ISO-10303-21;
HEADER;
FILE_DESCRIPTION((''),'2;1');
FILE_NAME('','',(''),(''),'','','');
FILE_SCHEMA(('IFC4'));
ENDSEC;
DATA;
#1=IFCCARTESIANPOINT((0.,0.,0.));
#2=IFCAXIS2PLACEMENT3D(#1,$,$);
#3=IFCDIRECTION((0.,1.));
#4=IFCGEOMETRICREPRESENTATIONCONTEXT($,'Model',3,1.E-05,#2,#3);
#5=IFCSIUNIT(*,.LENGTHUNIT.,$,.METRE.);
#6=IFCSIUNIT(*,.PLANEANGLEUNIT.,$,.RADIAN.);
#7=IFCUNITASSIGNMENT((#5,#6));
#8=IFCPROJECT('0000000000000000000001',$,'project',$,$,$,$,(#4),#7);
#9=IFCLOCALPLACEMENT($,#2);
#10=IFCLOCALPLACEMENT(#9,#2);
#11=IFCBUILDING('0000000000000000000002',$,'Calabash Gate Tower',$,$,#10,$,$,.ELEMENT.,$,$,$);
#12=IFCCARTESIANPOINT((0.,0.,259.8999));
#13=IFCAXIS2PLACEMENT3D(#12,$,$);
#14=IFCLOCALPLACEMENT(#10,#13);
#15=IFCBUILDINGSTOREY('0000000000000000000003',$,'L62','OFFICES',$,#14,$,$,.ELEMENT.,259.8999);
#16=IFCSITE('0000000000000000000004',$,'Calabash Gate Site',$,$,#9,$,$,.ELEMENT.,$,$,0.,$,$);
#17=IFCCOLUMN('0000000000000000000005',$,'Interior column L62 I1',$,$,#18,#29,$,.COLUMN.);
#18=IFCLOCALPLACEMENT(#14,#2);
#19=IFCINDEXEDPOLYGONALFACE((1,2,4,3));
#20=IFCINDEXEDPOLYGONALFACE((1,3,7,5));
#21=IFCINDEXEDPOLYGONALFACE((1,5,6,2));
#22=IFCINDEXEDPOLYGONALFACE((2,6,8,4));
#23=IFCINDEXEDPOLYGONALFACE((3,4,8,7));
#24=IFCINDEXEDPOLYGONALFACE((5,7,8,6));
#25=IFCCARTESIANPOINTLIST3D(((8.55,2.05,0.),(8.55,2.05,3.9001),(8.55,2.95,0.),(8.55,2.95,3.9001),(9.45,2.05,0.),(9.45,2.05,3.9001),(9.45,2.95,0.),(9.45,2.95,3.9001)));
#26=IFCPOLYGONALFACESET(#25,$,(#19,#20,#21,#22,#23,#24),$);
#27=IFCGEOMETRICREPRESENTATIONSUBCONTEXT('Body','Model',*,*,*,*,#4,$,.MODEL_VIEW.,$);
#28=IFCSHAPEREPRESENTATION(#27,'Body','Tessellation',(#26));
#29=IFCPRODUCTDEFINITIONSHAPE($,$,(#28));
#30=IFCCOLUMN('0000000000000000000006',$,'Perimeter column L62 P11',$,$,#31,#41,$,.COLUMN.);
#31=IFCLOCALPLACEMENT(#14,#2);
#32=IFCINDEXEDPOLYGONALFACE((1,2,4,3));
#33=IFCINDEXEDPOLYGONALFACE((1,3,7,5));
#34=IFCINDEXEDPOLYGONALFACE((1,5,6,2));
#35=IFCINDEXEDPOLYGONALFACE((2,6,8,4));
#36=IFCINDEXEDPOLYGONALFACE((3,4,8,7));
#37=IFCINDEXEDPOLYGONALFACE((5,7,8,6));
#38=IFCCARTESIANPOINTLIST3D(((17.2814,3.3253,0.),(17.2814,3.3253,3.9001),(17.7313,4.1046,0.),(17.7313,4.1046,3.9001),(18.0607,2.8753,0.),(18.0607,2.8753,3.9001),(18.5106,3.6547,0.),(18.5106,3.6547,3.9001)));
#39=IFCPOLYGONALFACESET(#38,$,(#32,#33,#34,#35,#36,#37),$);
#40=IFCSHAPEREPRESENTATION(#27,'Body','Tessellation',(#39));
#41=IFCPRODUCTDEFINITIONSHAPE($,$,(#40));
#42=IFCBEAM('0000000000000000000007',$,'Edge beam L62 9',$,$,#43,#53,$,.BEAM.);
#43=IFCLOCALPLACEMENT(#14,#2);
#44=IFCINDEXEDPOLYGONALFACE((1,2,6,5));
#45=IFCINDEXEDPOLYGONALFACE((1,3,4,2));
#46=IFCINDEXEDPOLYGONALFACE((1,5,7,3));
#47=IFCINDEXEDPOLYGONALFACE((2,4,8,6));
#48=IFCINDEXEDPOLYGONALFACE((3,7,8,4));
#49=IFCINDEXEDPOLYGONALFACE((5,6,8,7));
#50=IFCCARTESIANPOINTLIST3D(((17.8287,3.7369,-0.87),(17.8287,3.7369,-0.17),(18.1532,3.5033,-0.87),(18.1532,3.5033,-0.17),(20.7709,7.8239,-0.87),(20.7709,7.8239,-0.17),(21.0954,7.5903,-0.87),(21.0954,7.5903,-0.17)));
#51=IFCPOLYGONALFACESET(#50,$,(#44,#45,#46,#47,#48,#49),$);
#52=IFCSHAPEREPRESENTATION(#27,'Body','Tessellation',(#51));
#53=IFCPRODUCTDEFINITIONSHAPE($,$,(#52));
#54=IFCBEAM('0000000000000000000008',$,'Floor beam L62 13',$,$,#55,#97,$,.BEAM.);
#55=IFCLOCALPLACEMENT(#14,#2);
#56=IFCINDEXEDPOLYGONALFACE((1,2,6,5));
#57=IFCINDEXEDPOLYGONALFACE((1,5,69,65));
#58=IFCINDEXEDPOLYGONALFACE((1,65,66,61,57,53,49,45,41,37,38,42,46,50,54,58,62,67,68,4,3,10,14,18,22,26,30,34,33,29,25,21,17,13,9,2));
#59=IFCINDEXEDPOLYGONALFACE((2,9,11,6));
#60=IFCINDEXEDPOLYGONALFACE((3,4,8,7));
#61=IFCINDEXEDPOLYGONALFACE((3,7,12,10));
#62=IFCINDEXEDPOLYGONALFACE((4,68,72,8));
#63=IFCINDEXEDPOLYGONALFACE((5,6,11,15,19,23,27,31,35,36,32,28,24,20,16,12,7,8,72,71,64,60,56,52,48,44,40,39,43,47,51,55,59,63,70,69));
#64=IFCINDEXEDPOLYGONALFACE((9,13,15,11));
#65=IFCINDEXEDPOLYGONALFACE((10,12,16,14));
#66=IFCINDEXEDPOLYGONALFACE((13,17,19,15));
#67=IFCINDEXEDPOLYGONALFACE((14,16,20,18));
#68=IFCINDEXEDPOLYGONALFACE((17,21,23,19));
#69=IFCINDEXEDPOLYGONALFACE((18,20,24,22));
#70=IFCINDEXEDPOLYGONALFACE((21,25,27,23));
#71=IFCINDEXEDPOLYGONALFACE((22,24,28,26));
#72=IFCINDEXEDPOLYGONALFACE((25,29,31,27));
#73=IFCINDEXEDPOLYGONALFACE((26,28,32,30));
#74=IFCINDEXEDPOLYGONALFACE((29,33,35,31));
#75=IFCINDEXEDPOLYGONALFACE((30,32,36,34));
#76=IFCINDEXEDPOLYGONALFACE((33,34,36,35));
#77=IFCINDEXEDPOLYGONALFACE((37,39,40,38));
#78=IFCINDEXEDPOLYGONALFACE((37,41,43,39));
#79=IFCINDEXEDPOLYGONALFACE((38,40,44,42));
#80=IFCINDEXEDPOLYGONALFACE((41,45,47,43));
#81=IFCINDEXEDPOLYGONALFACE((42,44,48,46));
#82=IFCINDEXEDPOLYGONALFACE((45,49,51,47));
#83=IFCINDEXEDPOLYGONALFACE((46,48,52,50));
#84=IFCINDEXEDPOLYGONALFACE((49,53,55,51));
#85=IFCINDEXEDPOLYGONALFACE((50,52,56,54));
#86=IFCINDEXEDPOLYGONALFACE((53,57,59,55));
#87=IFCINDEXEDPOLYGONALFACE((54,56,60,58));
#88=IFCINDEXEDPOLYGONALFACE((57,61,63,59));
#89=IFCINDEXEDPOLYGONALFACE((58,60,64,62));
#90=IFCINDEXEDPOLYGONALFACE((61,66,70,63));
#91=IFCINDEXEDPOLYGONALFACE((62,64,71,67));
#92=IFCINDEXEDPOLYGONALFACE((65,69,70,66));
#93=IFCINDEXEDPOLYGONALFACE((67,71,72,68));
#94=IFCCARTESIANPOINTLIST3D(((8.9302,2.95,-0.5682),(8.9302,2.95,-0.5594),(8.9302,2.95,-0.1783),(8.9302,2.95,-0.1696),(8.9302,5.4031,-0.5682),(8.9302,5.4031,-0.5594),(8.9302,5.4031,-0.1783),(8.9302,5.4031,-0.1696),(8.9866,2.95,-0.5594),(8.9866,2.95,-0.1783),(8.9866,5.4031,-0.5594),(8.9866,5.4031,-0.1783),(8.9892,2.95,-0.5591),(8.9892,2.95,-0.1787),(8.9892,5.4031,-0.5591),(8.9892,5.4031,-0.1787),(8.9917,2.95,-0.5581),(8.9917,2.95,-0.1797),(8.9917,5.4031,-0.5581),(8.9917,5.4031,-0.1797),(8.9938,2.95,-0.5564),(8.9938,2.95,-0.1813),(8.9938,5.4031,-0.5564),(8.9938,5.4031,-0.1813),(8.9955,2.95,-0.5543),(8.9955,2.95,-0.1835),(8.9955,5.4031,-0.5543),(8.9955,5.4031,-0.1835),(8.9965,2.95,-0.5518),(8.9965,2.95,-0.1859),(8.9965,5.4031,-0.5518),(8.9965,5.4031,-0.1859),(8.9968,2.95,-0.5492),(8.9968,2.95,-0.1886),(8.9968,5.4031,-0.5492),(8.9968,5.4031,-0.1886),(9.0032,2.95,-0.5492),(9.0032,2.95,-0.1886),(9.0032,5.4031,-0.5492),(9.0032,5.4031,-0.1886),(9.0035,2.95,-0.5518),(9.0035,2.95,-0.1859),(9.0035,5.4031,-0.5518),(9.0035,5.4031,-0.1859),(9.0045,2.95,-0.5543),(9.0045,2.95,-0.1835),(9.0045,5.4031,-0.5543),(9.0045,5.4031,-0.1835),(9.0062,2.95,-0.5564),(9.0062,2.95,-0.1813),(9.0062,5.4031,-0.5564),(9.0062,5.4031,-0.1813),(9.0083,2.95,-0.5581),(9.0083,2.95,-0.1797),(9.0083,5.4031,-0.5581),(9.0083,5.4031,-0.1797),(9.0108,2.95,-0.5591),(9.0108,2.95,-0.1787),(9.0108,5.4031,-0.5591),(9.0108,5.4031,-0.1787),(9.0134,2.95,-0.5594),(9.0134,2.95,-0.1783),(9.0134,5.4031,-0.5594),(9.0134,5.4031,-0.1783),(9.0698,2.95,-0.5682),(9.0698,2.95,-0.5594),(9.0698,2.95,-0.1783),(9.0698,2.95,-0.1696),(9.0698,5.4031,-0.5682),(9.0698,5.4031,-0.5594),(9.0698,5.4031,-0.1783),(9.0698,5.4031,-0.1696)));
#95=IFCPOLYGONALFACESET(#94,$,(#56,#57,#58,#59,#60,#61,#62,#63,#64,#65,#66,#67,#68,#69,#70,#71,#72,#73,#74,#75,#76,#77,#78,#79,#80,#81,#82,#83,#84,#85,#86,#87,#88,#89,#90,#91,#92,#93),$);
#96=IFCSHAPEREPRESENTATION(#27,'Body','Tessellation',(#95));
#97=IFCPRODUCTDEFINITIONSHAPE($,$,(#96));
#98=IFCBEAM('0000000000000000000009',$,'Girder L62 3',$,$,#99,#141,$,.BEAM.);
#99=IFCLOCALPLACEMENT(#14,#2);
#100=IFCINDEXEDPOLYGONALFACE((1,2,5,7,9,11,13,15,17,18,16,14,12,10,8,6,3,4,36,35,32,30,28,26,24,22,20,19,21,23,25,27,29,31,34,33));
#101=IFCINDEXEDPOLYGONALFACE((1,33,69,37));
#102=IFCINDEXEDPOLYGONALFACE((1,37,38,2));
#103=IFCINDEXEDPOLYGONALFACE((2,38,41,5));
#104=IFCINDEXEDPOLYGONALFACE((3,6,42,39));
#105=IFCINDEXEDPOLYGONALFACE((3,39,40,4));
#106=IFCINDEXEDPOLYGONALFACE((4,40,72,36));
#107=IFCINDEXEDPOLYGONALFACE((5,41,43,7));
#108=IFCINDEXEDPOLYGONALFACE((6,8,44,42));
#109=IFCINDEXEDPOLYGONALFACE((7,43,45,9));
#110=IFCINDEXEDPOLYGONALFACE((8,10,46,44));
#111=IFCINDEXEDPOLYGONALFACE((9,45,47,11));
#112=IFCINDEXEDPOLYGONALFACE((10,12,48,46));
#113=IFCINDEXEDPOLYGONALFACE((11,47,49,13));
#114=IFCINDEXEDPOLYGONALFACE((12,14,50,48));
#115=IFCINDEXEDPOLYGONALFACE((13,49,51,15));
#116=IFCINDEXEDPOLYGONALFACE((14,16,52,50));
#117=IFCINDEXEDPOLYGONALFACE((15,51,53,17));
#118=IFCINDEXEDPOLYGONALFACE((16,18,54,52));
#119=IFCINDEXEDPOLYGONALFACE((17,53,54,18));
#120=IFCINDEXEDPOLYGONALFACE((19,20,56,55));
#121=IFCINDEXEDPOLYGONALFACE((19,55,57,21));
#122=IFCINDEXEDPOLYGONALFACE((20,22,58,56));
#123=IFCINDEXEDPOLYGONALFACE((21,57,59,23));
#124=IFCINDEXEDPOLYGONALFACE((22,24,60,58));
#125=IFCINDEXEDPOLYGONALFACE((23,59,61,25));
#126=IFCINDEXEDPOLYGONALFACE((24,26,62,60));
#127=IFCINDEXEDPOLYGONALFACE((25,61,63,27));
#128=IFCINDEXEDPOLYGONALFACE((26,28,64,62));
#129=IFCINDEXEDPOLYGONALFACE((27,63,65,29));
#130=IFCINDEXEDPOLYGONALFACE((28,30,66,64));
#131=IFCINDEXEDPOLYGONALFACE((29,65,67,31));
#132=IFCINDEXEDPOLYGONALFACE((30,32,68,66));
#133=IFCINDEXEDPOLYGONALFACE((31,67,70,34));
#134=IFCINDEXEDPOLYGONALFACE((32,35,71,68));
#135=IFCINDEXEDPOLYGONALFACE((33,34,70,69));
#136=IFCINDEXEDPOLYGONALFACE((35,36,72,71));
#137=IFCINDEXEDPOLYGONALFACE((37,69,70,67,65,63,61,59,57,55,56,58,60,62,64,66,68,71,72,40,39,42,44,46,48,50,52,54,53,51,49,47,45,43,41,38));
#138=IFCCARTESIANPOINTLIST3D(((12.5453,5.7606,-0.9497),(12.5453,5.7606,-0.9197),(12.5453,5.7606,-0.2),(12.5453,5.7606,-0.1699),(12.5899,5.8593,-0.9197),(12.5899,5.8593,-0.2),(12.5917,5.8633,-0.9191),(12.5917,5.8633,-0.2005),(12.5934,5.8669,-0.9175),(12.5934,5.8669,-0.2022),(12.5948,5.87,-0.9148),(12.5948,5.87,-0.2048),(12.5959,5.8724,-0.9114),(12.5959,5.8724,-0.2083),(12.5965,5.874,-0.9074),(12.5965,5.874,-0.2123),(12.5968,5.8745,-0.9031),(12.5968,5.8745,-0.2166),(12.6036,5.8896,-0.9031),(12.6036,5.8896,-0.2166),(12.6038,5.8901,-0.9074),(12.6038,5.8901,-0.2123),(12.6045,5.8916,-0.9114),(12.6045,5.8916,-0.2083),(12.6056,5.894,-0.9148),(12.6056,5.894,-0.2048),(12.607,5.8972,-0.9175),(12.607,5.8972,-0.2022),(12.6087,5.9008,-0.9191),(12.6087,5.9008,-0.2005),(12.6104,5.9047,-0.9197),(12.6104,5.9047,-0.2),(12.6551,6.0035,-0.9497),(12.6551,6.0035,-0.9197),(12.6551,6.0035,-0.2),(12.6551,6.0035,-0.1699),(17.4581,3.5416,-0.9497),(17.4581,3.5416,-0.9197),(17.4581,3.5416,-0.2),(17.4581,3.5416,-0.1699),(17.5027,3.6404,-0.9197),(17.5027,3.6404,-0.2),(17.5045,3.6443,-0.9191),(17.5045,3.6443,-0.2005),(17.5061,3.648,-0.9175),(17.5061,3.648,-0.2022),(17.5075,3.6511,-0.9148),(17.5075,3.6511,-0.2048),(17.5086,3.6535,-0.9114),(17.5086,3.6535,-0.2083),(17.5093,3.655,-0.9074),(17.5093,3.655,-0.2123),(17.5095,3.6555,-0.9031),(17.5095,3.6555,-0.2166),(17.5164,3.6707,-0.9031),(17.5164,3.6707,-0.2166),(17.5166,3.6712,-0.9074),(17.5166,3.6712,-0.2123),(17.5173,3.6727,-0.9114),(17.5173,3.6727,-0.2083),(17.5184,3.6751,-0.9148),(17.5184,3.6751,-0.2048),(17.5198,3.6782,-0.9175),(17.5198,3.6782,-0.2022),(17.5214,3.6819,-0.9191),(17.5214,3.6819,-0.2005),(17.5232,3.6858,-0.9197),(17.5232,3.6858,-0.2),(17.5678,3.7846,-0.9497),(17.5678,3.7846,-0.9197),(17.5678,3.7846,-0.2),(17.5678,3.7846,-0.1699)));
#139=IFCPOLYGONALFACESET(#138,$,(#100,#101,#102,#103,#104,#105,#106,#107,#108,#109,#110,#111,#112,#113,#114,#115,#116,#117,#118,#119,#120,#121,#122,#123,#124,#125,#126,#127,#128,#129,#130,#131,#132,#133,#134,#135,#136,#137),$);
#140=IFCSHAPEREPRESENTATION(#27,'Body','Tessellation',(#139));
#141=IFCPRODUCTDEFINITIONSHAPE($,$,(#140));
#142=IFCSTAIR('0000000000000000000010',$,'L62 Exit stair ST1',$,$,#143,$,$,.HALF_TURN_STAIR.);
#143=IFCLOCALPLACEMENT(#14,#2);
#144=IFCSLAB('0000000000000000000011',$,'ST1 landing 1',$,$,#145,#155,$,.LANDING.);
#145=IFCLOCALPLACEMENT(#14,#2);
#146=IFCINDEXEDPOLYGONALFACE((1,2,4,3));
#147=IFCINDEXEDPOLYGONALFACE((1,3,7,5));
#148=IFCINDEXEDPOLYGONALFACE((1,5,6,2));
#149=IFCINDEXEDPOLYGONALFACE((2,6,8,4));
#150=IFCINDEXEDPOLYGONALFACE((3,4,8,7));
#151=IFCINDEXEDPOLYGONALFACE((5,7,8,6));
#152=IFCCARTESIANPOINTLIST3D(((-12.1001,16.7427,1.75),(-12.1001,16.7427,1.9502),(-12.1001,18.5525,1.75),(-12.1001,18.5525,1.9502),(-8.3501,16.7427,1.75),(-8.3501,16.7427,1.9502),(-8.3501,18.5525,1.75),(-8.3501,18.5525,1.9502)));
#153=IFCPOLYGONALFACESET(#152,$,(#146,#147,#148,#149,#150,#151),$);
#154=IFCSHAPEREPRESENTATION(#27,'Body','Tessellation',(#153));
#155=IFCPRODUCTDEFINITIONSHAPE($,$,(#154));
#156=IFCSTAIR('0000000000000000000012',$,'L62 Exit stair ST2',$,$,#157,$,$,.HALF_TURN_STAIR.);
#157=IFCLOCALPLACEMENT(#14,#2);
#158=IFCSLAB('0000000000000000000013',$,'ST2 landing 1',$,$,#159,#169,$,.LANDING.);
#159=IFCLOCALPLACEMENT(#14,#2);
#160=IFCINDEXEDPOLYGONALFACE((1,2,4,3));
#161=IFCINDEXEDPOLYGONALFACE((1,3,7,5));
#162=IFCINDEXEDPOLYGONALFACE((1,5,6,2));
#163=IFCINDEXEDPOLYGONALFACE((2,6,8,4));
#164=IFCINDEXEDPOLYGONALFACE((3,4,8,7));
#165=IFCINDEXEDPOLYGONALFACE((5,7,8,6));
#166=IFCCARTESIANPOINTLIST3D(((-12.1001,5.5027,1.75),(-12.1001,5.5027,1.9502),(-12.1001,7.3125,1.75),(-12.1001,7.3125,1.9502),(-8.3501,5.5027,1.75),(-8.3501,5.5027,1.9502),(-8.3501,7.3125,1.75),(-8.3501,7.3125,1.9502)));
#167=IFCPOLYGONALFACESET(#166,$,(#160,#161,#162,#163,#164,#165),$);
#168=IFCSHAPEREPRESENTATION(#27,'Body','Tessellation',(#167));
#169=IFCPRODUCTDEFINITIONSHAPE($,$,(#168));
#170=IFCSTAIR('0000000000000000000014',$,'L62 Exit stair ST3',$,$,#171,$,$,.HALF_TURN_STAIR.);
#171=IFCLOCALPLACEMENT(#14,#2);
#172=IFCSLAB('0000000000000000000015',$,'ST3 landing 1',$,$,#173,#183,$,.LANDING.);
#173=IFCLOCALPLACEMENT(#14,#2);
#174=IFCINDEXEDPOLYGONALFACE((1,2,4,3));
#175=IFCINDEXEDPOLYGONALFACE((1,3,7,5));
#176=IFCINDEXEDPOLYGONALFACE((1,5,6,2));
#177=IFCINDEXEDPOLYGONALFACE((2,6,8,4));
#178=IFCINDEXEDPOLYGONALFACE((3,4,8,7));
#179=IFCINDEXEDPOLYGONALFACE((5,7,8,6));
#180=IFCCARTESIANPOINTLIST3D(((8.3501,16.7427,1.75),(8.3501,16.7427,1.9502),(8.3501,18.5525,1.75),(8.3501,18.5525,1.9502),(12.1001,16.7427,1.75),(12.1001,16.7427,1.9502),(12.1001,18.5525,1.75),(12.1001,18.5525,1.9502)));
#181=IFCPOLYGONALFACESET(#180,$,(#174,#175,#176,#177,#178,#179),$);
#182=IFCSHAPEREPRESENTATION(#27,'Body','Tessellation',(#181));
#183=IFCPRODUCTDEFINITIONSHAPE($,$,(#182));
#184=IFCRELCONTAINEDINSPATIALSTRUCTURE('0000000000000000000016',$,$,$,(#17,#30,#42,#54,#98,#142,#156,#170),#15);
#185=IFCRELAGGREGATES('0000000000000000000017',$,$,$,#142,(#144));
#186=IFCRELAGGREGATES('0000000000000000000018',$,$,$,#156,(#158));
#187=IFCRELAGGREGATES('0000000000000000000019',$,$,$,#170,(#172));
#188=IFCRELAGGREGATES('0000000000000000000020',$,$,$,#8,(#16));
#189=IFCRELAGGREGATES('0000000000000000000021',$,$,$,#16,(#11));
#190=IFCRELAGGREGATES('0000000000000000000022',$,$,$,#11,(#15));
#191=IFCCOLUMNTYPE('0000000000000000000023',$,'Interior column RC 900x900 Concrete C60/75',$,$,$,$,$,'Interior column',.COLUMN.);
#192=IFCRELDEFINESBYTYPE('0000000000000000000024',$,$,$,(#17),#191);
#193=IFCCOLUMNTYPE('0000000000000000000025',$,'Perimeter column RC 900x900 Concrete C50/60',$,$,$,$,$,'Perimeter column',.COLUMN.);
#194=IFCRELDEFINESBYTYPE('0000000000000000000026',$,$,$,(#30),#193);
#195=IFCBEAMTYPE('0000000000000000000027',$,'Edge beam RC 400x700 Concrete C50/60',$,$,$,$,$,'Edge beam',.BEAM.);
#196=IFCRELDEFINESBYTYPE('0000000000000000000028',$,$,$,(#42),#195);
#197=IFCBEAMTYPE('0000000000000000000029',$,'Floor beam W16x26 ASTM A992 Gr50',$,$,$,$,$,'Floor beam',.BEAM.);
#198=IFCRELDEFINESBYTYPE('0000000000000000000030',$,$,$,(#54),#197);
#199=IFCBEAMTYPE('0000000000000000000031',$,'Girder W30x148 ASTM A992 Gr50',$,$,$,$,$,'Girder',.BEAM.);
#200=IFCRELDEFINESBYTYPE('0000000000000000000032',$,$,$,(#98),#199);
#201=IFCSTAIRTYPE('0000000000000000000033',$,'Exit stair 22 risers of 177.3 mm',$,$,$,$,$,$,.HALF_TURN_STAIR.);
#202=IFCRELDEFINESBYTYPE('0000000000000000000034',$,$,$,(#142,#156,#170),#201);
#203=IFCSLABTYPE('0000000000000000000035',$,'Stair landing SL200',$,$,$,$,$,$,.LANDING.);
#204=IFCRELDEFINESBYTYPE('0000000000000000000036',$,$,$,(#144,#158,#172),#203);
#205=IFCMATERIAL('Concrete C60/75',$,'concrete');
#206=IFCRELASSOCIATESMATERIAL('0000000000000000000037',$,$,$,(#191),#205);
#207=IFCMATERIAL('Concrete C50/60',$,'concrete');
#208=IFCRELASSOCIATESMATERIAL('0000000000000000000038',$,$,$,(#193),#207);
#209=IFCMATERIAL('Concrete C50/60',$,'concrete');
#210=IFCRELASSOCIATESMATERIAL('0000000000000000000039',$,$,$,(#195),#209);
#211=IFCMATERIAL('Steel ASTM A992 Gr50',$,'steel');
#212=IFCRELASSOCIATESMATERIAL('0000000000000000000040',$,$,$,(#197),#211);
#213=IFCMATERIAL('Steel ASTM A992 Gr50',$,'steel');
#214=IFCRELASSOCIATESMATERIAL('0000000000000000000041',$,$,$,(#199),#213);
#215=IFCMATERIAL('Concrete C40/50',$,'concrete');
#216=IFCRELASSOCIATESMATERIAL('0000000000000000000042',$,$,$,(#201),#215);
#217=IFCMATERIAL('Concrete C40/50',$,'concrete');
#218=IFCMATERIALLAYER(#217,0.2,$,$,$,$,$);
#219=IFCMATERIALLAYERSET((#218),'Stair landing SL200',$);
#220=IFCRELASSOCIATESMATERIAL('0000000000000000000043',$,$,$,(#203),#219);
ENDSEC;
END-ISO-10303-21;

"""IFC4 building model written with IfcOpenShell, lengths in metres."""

from ifc_helpers import new_model, si_unit, direction, frame, origin, origin_2d, place, context, subcontext, project, spatial, polyline, rectangle, i_section, outline, extrude, material, layer, layer_set, material_profile, profile_set, type_object, element, aggregate, save


model = new_model("IFC4")

# Units and contexts
model_context = context("Model", 3, precision=1e-05, world=origin(), true_north=direction((0.0, 1.0)))
body_context = subcontext(model_context, "Body", "Model", "MODEL_VIEW")
ifc_project = project(units=[si_unit("LENGTHUNIT", "METRE"), si_unit("PLANEANGLEUNIT", "RADIAN")], contexts=[model_context])

# Site, building, storey
site_placement = place(None, origin())
site = spatial("IfcSite", under=ifc_project, at=site_placement, Name="Calabash Gate Site", CompositionType="ELEMENT", RefElevation=0.0)
building_placement = place(site_placement, origin())
building = spatial("IfcBuilding", under=site, at=building_placement, Name="Calabash Gate Tower", CompositionType="ELEMENT")
storey_placement = place(building_placement, frame((0.0, 0.0, 259.8999)))
storey = spatial("IfcBuildingStorey", under=building, at=storey_placement, Name="L62", Description="OFFICES", CompositionType="ELEMENT", Elevation=259.8999)

# Columns
ifc_material_1 = material(Name="Concrete C60/75", Category="concrete")
ifc_material_profile_1 = material_profile(ifc_material_1, rectangle(XDim=0.8999, YDim=0.8999, at=origin_2d()))
ifc_profile_set_1 = profile_set([ifc_material_profile_1], Name="Concrete C60/75")
column_type_1 = type_object("IfcColumnType", Name="Interior column RC 900x900 Concrete C60/75", ElementType="Interior column", PredefinedType="COLUMN", material=ifc_profile_set_1)
column_1_placement = place(storey_placement, frame((9.0, 2.5, 0.0), z_axis=(0.0, 0.0, 1.0), x_axis=(1.0, 0.0, 0.0)))
element("IfcColumn", 1, at=column_1_placement, inside=storey, type_object=column_type_1, Name="Interior column L62 I1", PredefinedType="COLUMN", context=body_context, shape_type="SweptSolid", body=[
    extrude(rectangle(XDim=0.8999, YDim=0.8999, at=origin_2d()), origin(), (0.0, 0.0, 1.0), 3.9001),
])
ifc_material_2 = material(Name="Concrete C50/60", Category="concrete")
ifc_material_profile_2 = material_profile(ifc_material_2, rectangle(XDim=0.8999, YDim=0.8999, at=origin_2d()))
ifc_profile_set_2 = profile_set([ifc_material_profile_2], Name="Concrete C50/60")
column_type_2 = type_object("IfcColumnType", Name="Perimeter column RC 900x900 Concrete C50/60", ElementType="Perimeter column", PredefinedType="COLUMN", material=ifc_profile_set_2)
column_2_placement = place(storey_placement, frame((17.896, 3.49, 0.0), z_axis=(0.0, 0.0, 1.0), x_axis=(0.5, 0.866025, 0.0)))
element("IfcColumn", 2, at=column_2_placement, inside=storey, type_object=column_type_2, Name="Perimeter column L62 P11", PredefinedType="COLUMN", context=body_context, shape_type="SweptSolid", body=[
    extrude(rectangle(XDim=0.8999, YDim=0.8999, at=origin_2d()), origin(), (0.0, 0.0, 1.0), 3.9001),
])

# Beams
ifc_material_3 = material(Name="Concrete C50/60", Category="concrete")
ifc_material_profile_3 = material_profile(ifc_material_3, rectangle(XDim=0.3999, YDim=0.7, at=origin_2d()))
ifc_profile_set_3 = profile_set([ifc_material_profile_3], Name="Concrete C50/60")
beam_type_1 = type_object("IfcBeamType", Name="Edge beam RC 400x700 Concrete C50/60", ElementType="Edge beam", PredefinedType="BEAM", material=ifc_profile_set_3)
beam_1_placement = place(storey_placement, frame((17.991, 3.6201, -0.52), z_axis=(0.584247, 0.811576, 0.0), x_axis=(-0.811576, 0.584247, 0.0)))
element("IfcBeam", 3, at=beam_1_placement, inside=storey, type_object=beam_type_1, Name="Edge beam L62 9", PredefinedType="BEAM", context=body_context, shape_type="SweptSolid", body=[
    extrude(rectangle(XDim=0.3999, YDim=0.7, at=origin_2d()), origin(), (0.0, 0.0, 1.0), 5.0359),
])
ifc_material_4 = material(Name="Steel ASTM A992 Gr50", Category="steel")
ifc_material_profile_4 = material_profile(ifc_material_4, i_section(OverallWidth=0.1396, OverallDepth=0.3987, WebThickness=0.0063, FlangeThickness=0.0088, FilletRadius=0.0103, at=origin_2d()))
ifc_profile_set_4 = profile_set([ifc_material_profile_4], Name="Steel ASTM A992 Gr50")
beam_type_2 = type_object("IfcBeamType", Name="Floor beam W16x26 ASTM A992 Gr50", ElementType="Floor beam", PredefinedType="BEAM", material=ifc_profile_set_4)
beam_2_placement = place(storey_placement, frame((9.0, 2.95, -0.3689), z_axis=(0.0, 1.0, 0.0), x_axis=(-1.0, 0.0, 0.0)))
element("IfcBeam", 4, at=beam_2_placement, inside=storey, type_object=beam_type_2, Name="Floor beam L62 13", PredefinedType="BEAM", context=body_context, shape_type="SweptSolid", body=[
    extrude(i_section(OverallWidth=0.1396, OverallDepth=0.3987, WebThickness=0.0063, FlangeThickness=0.0088, FilletRadius=0.0103, at=origin_2d()), origin(), (0.0, 0.0, 1.0), 2.4531),
])
ifc_material_5 = material(Name="Steel ASTM A992 Gr50", Category="steel")
ifc_material_profile_5 = material_profile(ifc_material_5, i_section(OverallWidth=0.2666, OverallDepth=0.7798, WebThickness=0.0166, FlangeThickness=0.03, FilletRadius=0.0166, at=origin_2d()))
ifc_profile_set_5 = profile_set([ifc_material_profile_5], Name="Steel ASTM A992 Gr50")
beam_type_3 = type_object("IfcBeamType", Name="Girder W30x148 ASTM A992 Gr50", ElementType="Girder", PredefinedType="BEAM", material=ifc_profile_set_5)
beam_3_placement = place(storey_placement, frame((17.5129, 3.6631, -0.5598), z_axis=(-0.91135, 0.411632, 0.0), x_axis=(-0.411632, -0.91135, 0.0)))
element("IfcBeam", 5, at=beam_3_placement, inside=storey, type_object=beam_type_3, Name="Girder L62 3", PredefinedType="BEAM", context=body_context, shape_type="SweptSolid", body=[
    extrude(i_section(OverallWidth=0.2666, OverallDepth=0.7798, WebThickness=0.0166, FlangeThickness=0.03, FilletRadius=0.0166, at=origin_2d()), origin(), (0.0, 0.0, 1.0), 5.3906),
])

# Stairs, slabs
ifc_material_6 = material(Name="Concrete C40/50", Category="concrete")
stair_type = type_object("IfcStairType", Name="Exit stair 22 risers of 177.3 mm", PredefinedType="HALF_TURN_STAIR", material=ifc_material_6)
stair_1_placement = place(storey_placement, origin())
stair_1 = element("IfcStair", 6, at=stair_1_placement, inside=storey, type_object=stair_type, Name="L62 Exit stair ST1", PredefinedType="HALF_TURN_STAIR")
ifc_material_7 = material(Name="Concrete C40/50", Category="concrete")
ifc_layer_1 = layer(ifc_material_7, 0.2)
ifc_layer_set_1 = layer_set([ifc_layer_1], Name="Stair landing SL200")
slab_type = type_object("IfcSlabType", Name="Stair landing SL200", PredefinedType="LANDING", material=ifc_layer_set_1)
slab_1_placement = place(storey_placement, frame((0.0, 0.0, 1.75)))
slab_1 = element("IfcSlab", 7, at=slab_1_placement, type_object=slab_type, Name="ST1 landing 1", PredefinedType="LANDING", context=body_context, shape_type="SweptSolid", body=[
    extrude(outline(polyline([(-8.3501, 16.7427), (-8.3501, 18.5525), (-12.1001, 18.5525), (-12.1001, 16.7427), (-8.3501, 16.7427)])), origin(), (0.0, 0.0, 1.0), 0.2002),
])
aggregate(stair_1, [slab_1])
stair_2_placement = place(storey_placement, origin())
stair_2 = element("IfcStair", 8, at=stair_2_placement, inside=storey, type_object=stair_type, Name="L62 Exit stair ST2", PredefinedType="HALF_TURN_STAIR")
slab_2_placement = place(storey_placement, frame((0.0, 0.0, 1.75)))
slab_2 = element("IfcSlab", 9, at=slab_2_placement, type_object=slab_type, Name="ST2 landing 1", PredefinedType="LANDING", context=body_context, shape_type="SweptSolid", body=[
    extrude(outline(polyline([(-12.1001, 7.3125), (-12.1001, 5.5027), (-8.3501, 5.5027), (-8.3501, 7.3125), (-12.1001, 7.3125)])), origin(), (0.0, 0.0, 1.0), 0.2002),
])
aggregate(stair_2, [slab_2])
stair_3_placement = place(storey_placement, origin())
stair_3 = element("IfcStair", 10, at=stair_3_placement, inside=storey, type_object=stair_type, Name="L62 Exit stair ST3", PredefinedType="HALF_TURN_STAIR")
slab_3_placement = place(storey_placement, frame((0.0, 0.0, 1.75)))
slab_3 = element("IfcSlab", 11, at=slab_3_placement, type_object=slab_type, Name="ST3 landing 1", PredefinedType="LANDING", context=body_context, shape_type="SweptSolid", body=[
    extrude(outline(polyline([(12.1001, 16.7427), (12.1001, 18.5525), (8.3501, 18.5525), (8.3501, 16.7427), (12.1001, 16.7427)])), origin(), (0.0, 0.0, 1.0), 0.2002),
])
aggregate(stair_3, [slab_3])

save(model, "model.ifc")
